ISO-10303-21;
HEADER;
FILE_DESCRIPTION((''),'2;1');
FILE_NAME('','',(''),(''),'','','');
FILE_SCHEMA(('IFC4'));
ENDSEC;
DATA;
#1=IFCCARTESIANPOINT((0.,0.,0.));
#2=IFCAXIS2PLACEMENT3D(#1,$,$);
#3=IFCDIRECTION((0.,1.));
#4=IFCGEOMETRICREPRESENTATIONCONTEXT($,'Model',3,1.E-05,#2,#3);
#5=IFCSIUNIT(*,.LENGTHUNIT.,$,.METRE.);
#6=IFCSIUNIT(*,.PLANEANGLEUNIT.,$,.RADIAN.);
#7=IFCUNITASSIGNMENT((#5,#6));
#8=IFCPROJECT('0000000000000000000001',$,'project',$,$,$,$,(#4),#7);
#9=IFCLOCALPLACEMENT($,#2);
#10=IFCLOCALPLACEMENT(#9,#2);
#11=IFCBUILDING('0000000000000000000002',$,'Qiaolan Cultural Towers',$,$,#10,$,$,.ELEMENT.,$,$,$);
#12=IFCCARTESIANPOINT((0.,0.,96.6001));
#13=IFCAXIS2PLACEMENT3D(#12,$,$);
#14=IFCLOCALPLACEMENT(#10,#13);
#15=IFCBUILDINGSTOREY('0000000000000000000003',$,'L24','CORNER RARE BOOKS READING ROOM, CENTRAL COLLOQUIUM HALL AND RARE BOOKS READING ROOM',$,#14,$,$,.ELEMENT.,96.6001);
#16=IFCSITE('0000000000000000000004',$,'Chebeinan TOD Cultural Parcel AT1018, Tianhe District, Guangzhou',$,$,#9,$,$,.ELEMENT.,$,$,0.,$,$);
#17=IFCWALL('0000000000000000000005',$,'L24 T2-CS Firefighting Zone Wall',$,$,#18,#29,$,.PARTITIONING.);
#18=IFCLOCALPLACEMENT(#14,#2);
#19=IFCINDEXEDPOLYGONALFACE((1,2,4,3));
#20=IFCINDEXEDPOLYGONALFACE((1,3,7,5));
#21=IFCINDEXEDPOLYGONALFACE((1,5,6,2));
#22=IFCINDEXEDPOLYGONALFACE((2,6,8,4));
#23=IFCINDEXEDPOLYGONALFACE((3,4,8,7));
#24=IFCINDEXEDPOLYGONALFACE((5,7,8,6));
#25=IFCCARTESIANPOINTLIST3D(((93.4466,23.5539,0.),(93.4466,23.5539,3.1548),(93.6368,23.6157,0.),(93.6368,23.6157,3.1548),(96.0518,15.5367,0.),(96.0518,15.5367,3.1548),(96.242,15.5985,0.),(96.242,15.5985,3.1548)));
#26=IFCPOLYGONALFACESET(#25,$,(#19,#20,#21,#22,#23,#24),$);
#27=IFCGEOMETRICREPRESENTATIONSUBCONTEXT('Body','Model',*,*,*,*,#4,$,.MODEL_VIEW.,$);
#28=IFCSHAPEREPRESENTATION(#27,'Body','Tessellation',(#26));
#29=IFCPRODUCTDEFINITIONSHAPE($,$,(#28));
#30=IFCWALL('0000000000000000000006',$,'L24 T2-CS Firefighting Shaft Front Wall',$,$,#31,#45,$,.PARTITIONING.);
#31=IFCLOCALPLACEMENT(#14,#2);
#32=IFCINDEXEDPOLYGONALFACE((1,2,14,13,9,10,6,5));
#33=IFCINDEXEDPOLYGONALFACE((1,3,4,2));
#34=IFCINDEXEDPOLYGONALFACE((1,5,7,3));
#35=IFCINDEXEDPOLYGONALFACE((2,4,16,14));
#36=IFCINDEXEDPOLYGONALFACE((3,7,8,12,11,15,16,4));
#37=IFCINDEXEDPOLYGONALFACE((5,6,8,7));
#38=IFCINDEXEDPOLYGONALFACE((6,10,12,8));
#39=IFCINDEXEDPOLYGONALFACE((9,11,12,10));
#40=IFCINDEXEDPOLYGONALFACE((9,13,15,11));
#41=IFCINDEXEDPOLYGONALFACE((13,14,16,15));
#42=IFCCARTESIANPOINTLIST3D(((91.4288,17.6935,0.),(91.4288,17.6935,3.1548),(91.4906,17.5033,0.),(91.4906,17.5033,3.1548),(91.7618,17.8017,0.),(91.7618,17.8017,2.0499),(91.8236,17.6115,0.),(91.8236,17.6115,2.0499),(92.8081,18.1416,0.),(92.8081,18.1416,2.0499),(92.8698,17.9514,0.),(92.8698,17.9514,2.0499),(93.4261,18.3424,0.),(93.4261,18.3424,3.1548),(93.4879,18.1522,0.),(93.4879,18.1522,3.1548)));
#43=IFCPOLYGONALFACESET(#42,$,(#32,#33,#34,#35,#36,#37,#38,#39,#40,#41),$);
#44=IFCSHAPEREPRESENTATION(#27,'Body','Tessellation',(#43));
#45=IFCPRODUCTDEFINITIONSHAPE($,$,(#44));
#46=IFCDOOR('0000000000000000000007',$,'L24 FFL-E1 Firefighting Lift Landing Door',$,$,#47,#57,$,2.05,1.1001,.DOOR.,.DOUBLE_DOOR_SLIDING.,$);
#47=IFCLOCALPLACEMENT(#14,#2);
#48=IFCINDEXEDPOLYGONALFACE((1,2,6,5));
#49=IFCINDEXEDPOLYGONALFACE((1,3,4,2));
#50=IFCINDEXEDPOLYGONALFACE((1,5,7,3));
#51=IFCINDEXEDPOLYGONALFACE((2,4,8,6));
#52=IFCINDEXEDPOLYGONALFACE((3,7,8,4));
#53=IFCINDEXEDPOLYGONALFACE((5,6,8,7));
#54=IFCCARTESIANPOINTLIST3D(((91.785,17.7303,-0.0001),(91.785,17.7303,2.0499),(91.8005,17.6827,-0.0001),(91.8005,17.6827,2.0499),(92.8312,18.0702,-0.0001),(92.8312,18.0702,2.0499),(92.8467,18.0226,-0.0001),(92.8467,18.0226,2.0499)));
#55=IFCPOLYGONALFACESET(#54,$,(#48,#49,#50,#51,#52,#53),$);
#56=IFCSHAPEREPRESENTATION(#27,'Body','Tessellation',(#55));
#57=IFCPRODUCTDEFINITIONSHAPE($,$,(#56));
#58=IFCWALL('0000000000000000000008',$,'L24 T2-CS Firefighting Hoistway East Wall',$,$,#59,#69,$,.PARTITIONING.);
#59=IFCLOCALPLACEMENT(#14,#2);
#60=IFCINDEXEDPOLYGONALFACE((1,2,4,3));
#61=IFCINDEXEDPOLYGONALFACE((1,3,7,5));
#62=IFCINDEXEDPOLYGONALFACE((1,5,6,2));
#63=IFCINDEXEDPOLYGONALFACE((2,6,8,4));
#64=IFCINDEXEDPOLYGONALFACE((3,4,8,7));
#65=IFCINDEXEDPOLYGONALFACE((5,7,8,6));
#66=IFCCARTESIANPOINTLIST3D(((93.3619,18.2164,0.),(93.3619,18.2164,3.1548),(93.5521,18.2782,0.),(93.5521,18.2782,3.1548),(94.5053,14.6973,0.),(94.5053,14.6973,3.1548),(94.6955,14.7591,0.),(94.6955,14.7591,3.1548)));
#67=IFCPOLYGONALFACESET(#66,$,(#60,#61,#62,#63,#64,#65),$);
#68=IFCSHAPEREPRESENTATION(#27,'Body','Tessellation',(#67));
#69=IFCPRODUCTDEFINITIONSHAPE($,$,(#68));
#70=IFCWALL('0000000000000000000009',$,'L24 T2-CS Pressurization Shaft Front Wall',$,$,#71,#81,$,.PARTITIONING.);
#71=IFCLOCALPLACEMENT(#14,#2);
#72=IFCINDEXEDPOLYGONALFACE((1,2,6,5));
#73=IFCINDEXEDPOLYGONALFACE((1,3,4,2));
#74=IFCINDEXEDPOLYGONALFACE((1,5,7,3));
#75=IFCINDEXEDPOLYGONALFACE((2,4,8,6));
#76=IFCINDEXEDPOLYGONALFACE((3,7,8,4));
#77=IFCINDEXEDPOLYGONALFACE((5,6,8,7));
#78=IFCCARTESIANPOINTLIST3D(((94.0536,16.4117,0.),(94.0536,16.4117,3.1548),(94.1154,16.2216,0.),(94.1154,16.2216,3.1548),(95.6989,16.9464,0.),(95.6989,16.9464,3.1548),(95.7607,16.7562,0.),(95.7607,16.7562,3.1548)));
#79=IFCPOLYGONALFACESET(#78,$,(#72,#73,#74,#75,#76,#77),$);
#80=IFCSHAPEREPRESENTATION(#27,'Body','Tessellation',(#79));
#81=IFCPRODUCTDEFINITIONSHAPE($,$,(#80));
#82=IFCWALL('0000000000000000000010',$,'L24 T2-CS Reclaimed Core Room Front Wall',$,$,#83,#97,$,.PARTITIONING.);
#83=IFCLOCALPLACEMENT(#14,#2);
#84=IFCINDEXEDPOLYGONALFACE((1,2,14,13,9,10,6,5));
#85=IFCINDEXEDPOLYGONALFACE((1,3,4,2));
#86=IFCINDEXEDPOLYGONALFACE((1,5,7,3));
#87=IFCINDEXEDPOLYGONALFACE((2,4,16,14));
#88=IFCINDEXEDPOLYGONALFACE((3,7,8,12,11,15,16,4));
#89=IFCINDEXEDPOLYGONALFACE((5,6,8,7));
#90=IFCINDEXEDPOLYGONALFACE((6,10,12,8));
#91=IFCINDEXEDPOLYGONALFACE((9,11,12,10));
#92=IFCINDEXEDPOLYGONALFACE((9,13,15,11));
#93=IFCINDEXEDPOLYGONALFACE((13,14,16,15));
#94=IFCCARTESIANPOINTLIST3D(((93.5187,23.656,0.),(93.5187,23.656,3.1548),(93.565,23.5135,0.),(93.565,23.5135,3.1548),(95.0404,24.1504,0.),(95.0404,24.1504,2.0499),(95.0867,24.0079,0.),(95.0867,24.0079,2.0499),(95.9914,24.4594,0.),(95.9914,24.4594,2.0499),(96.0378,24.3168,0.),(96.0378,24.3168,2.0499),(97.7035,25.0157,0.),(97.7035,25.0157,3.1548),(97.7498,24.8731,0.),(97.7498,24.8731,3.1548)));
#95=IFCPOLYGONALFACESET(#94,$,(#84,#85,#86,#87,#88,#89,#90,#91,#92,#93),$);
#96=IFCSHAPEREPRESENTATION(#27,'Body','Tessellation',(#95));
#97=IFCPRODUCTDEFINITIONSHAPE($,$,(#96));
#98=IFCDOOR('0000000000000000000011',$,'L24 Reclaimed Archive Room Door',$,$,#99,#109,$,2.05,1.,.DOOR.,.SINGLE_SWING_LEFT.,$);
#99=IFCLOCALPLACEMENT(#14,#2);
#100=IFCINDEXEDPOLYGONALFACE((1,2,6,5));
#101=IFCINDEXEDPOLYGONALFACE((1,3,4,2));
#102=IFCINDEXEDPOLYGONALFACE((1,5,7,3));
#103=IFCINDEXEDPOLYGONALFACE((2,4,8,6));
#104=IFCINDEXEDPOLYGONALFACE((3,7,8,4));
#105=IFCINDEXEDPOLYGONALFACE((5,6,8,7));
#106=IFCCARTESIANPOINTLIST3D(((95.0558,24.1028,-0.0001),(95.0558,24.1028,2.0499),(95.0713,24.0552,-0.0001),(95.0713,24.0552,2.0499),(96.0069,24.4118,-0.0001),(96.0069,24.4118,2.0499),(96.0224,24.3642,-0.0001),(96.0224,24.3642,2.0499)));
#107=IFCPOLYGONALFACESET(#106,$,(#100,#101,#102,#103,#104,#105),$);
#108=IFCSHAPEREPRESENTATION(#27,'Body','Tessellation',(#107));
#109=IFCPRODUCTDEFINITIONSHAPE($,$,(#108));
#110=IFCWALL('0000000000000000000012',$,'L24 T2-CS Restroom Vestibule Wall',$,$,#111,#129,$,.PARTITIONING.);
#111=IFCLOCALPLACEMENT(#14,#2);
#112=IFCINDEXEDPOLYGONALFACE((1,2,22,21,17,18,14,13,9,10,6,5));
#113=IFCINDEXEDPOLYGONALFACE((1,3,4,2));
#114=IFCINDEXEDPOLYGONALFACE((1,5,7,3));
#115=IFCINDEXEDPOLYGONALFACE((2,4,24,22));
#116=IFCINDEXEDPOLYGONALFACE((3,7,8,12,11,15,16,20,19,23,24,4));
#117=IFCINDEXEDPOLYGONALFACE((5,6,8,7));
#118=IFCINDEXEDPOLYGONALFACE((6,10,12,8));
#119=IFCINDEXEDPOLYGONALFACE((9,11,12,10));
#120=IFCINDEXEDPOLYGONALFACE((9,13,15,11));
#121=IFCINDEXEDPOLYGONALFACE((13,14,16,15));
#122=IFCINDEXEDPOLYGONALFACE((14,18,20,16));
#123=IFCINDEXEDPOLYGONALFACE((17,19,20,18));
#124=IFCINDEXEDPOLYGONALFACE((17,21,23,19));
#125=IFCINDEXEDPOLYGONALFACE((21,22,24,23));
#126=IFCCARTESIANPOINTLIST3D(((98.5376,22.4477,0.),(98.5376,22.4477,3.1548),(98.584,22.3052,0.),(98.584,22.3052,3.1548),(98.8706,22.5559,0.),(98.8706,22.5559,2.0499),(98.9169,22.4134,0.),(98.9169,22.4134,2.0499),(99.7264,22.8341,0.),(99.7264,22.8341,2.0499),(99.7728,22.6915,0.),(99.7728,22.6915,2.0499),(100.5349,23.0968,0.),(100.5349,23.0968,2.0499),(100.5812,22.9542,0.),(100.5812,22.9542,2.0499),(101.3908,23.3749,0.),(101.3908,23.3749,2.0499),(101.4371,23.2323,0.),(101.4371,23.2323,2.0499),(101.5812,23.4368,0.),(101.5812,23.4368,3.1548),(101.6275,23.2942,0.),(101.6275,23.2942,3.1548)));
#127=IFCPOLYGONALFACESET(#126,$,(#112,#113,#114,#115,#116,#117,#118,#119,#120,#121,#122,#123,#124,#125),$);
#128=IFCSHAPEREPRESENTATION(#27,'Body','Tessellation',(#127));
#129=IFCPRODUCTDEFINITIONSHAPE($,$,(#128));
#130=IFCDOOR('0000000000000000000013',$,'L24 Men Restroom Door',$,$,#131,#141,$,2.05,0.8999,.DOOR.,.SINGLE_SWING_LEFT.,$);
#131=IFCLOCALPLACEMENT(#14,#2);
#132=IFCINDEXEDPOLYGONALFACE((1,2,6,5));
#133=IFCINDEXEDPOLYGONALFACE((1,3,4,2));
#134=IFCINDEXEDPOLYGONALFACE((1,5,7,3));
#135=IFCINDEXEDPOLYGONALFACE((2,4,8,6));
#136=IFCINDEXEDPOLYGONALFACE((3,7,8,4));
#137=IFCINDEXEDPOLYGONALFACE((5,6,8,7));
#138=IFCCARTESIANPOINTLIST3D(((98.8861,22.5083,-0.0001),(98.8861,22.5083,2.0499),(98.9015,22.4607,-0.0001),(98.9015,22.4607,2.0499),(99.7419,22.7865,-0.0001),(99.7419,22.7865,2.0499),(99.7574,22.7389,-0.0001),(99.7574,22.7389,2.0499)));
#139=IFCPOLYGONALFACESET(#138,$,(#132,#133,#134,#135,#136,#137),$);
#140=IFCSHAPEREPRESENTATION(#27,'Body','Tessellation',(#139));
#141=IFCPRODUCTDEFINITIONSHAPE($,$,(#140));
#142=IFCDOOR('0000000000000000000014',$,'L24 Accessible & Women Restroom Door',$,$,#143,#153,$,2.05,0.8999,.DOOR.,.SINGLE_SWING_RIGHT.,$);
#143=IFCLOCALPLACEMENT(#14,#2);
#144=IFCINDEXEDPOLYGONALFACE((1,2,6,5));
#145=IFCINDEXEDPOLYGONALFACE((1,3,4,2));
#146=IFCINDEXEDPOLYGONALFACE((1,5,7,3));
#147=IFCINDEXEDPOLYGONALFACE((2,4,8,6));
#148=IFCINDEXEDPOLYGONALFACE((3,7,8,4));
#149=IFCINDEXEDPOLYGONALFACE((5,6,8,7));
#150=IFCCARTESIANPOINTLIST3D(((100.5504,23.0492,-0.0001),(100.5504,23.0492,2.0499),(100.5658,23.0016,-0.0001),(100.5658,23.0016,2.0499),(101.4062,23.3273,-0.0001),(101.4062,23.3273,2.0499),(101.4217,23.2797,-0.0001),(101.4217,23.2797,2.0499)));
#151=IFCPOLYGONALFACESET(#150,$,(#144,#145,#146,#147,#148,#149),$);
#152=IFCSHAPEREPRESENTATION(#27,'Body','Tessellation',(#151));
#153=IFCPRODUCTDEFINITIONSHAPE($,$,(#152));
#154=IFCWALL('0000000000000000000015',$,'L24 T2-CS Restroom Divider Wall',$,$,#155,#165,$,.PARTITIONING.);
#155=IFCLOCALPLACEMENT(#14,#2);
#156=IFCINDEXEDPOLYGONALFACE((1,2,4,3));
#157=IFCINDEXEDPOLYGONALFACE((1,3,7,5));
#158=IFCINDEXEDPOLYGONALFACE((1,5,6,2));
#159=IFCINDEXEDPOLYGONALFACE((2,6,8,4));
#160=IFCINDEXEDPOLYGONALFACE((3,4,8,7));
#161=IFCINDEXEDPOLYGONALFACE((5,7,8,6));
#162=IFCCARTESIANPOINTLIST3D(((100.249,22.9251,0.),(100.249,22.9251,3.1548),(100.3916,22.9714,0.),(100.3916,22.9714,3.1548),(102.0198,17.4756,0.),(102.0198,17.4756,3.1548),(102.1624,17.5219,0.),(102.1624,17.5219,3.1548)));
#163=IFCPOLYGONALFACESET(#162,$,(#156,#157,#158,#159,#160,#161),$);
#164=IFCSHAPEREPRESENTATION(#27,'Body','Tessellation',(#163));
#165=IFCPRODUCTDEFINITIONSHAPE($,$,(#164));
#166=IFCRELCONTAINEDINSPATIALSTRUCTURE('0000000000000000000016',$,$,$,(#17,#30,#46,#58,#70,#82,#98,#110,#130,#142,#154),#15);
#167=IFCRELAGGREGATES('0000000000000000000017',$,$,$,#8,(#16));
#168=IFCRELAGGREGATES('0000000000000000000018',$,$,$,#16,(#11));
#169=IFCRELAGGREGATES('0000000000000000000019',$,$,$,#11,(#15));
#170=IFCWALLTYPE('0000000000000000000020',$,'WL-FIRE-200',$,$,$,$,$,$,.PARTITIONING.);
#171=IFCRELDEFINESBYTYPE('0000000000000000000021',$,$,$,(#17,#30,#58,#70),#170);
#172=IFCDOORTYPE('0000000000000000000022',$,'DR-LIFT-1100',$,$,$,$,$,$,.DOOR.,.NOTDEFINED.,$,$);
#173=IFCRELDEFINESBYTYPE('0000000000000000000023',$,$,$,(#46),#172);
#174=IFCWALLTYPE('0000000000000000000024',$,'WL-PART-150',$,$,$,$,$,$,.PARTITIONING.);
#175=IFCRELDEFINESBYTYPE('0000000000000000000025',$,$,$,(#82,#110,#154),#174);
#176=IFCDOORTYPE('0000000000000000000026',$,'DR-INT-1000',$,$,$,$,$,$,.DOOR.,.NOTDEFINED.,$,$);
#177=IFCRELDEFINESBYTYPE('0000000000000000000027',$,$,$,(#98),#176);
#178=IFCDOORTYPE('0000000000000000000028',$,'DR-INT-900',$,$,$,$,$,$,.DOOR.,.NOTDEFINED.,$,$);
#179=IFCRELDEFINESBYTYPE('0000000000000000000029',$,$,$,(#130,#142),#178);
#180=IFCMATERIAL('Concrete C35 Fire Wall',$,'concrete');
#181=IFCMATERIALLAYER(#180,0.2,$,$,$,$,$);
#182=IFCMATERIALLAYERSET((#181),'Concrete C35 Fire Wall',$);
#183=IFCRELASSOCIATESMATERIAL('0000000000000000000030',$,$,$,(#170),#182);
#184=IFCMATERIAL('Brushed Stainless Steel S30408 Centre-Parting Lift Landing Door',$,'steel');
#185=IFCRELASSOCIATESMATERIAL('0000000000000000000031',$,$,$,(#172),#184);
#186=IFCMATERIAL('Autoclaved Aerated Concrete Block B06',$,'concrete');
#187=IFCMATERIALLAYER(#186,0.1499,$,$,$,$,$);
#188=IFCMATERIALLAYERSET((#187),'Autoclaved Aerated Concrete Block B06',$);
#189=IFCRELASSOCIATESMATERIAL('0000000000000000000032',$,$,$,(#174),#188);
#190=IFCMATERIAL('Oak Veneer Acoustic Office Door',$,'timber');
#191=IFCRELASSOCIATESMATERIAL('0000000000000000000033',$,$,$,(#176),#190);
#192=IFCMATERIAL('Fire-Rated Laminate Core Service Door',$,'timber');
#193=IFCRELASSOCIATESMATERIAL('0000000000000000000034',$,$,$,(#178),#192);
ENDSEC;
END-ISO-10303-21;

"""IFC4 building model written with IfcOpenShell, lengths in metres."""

from ifc_helpers import new_model, si_unit, direction, frame, frame_2d, origin, place, context, subcontext, project, spatial, rectangle, extrude, material, layer, layer_set, type_object, element, fill, save


model = new_model("IFC4")

# Units and contexts
model_context = context("Model", 3, precision=1e-05, world=origin(), true_north=direction((0.0, 1.0)))
body_context = subcontext(model_context, "Body", "Model", "MODEL_VIEW")
ifc_project = project(units=[si_unit("LENGTHUNIT", "METRE"), si_unit("PLANEANGLEUNIT", "RADIAN")], contexts=[model_context])

# Site, building, storey
site_placement = place(None, origin())
site = spatial("IfcSite", under=ifc_project, at=site_placement, Name="Chebeinan TOD Cultural Parcel AT1018, Tianhe District, Guangzhou", CompositionType="ELEMENT", RefElevation=0.0)
building_placement = place(site_placement, origin())
building = spatial("IfcBuilding", under=site, at=building_placement, Name="Qiaolan Cultural Towers", CompositionType="ELEMENT")
storey_placement = place(building_placement, frame((0.0, 0.0, 96.6001)))
storey = spatial("IfcBuildingStorey", under=building, at=storey_placement, Name="L24", Description="CORNER RARE BOOKS READING ROOM, CENTRAL COLLOQUIUM HALL AND RARE BOOKS READING ROOM", CompositionType="ELEMENT", Elevation=96.6001)

# Wall
ifc_material_1 = material(Name="Concrete C35 Fire Wall", Category="concrete")
ifc_layer_1 = layer(ifc_material_1, 0.2)
ifc_layer_set_1 = layer_set([ifc_layer_1], Name="Concrete C35 Fire Wall")
wall_type_1 = type_object("IfcWallType", Name="WL-FIRE-200", PredefinedType="PARTITIONING", material=ifc_layer_set_1)
wall_1_placement = place(storey_placement, frame((93.5417, 23.5847, 0.0), z_axis=(0.0, 0.0, 1.0), x_axis=(0.309042, -0.951048, 0.0)))
element("IfcWall", 1, at=wall_1_placement, inside=storey, type_object=wall_type_1, Name="L24 T2-CS Firefighting Zone Wall", PredefinedType="PARTITIONING", context=body_context, shape_type="SweptSolid", body=[
    extrude(rectangle(XDim=8.4299, YDim=0.2, at=frame_2d((4.2148, 0.0))), origin(), (0.0, 0.0, 1.0), 3.1548),
])

# Wall, opening, door
wall_2_placement = place(storey_placement, frame((91.4597, 17.5984, 0.0), z_axis=(0.0, 0.0, 1.0), x_axis=(0.951062, 0.308999, 0.0)))
wall_2 = element("IfcWall", 2, at=wall_2_placement, inside=storey, type_object=wall_type_1, Name="L24 T2-CS Firefighting Shaft Front Wall", PredefinedType="PARTITIONING", context=body_context, shape_type="SweptSolid", body=[
    extrude(rectangle(XDim=2.1001, YDim=0.2, at=frame_2d((1.05, 0.0))), origin(), (0.0, 0.0, 1.0), 3.1548),
])
opening_1_placement = place(wall_2_placement, frame((0.3501, 0.0, 0.0)))
opening_1 = element("IfcOpeningElement", 3, at=opening_1_placement, cuts=wall_2, PredefinedType="OPENING", context=body_context, shape_type="SweptSolid", body=[
    extrude(rectangle(XDim=1.1001, YDim=2.05, at=frame_2d((0.55, 1.0249))), frame((0.0, 0.1099, 0.0), z_axis=(0.0, -1.0, 0.0), x_axis=(1.0, 0.0, 0.0)), (0.0, 0.0, 1.0), 0.22),
])
ifc_material_2 = material(Name="Brushed Stainless Steel S30408 Centre-Parting Lift Landing Door", Category="steel")
door_type_1 = type_object("IfcDoorType", Name="DR-LIFT-1100", OperationType="NOTDEFINED", PredefinedType="DOOR", material=ifc_material_2)
door_1_placement = place(opening_1_placement, origin())
door_1 = element("IfcDoor", 4, at=door_1_placement, inside=storey, type_object=door_type_1, Name="L24 FFL-E1 Firefighting Lift Landing Door", OperationType="DOUBLE_DOOR_SLIDING", OverallHeight=2.05, OverallWidth=1.1001, PredefinedType="DOOR", context=body_context, shape_type="SweptSolid", body=[
    extrude(rectangle(XDim=1.1001, YDim=2.05, at=frame_2d((0.55, 1.0249))), frame((0.0, 0.0249, 0.0), z_axis=(0.0, -1.0, 0.0), x_axis=(1.0, 0.0, 0.0)), (0.0, 0.0, 1.0), 0.05),
])
fill(opening_1, door_1)

# Walls
wall_3_placement = place(storey_placement, frame((93.457, 18.2473, 0.0), z_axis=(0.0, 0.0, 1.0), x_axis=(0.308994, -0.951064, 0.0)))
element("IfcWall", 5, at=wall_3_placement, inside=storey, type_object=wall_type_1, Name="L24 T2-CS Firefighting Hoistway East Wall", PredefinedType="PARTITIONING", context=body_context, shape_type="SweptSolid", body=[
    extrude(rectangle(XDim=3.7002, YDim=0.2, at=frame_2d((1.8501, 0.0))), origin(), (0.0, 0.0, 1.0), 3.1548),
])
wall_4_placement = place(storey_placement, frame((94.0845, 16.3167, 0.0), z_axis=(0.0, 0.0, 1.0), x_axis=(0.951041, 0.309064, 0.0)))
element("IfcWall", 6, at=wall_4_placement, inside=storey, type_object=wall_type_1, Name="L24 T2-CS Pressurization Shaft Front Wall", PredefinedType="PARTITIONING", context=body_context, shape_type="SweptSolid", body=[
    extrude(rectangle(XDim=1.73, YDim=0.2, at=frame_2d((0.865, 0.0))), origin(), (0.0, 0.0, 1.0), 3.1548),
])

# Wall, opening, door
ifc_material_3 = material(Name="Autoclaved Aerated Concrete Block B06", Category="concrete")
ifc_layer_2 = layer(ifc_material_3, 0.1499)
ifc_layer_set_2 = layer_set([ifc_layer_2], Name="Autoclaved Aerated Concrete Block B06")
wall_type_2 = type_object("IfcWallType", Name="WL-PART-150", PredefinedType="PARTITIONING", material=ifc_layer_set_2)
wall_5_placement = place(storey_placement, frame((93.5417, 23.5847, 0.0), z_axis=(0.0, 0.0, 1.0), x_axis=(0.951064, 0.308994, 0.0)))
wall_5 = element("IfcWall", 7, at=wall_5_placement, inside=storey, type_object=wall_type_2, Name="L24 T2-CS Reclaimed Core Room Front Wall", PredefinedType="PARTITIONING", context=body_context, shape_type="SweptSolid", body=[
    extrude(rectangle(XDim=4.4001, YDim=0.1499, at=frame_2d((2.2002, 0.0))), origin(), (0.0, 0.0, 1.0), 3.1548),
])
opening_2_placement = place(wall_5_placement, frame((1.6001, 0.0, 0.0)))
opening_2 = element("IfcOpeningElement", 8, at=opening_2_placement, cuts=wall_5, PredefinedType="OPENING", context=body_context, shape_type="SweptSolid", body=[
    extrude(rectangle(XDim=1.0, YDim=2.05, at=frame_2d((0.5, 1.0249))), frame((0.0, 0.085, 0.0), z_axis=(0.0, -1.0, 0.0), x_axis=(1.0, 0.0, 0.0)), (0.0, 0.0, 1.0), 0.1699),
])
ifc_material_4 = material(Name="Oak Veneer Acoustic Office Door", Category="timber")
door_type_2 = type_object("IfcDoorType", Name="DR-INT-1000", OperationType="NOTDEFINED", PredefinedType="DOOR", material=ifc_material_4)
door_2_placement = place(opening_2_placement, origin())
door_2 = element("IfcDoor", 9, at=door_2_placement, inside=storey, type_object=door_type_2, Name="L24 Reclaimed Archive Room Door", OperationType="SINGLE_SWING_LEFT", OverallHeight=2.05, OverallWidth=1.0, PredefinedType="DOOR", context=body_context, shape_type="SweptSolid", body=[
    extrude(rectangle(XDim=1.0, YDim=2.05, at=frame_2d((0.5, 1.0249))), frame((0.0, 0.0249, 0.0), z_axis=(0.0, -1.0, 0.0), x_axis=(1.0, 0.0, 0.0)), (0.0, 0.0, 1.0), 0.05),
])
fill(opening_2, door_2)

# Wall, openings, doors
wall_6_placement = place(storey_placement, frame((98.5608, 22.3765, 0.0), z_axis=(0.0, 0.0, 1.0), x_axis=(0.951044, 0.309055, 0.0)))
wall_6 = element("IfcWall", 10, at=wall_6_placement, inside=storey, type_object=wall_type_2, Name="L24 T2-CS Restroom Vestibule Wall", PredefinedType="PARTITIONING", context=body_context, shape_type="SweptSolid", body=[
    extrude(rectangle(XDim=3.2002, YDim=0.1499, at=frame_2d((1.6001, 0.0))), origin(), (0.0, 0.0, 1.0), 3.1548),
])
opening_3_placement = place(wall_6_placement, frame((0.3501, 0.0, 0.0)))
opening_3 = element("IfcOpeningElement", 11, at=opening_3_placement, cuts=wall_6, PredefinedType="OPENING", context=body_context, shape_type="SweptSolid", body=[
    extrude(rectangle(XDim=0.8999, YDim=2.05, at=frame_2d((0.45, 1.0249))), frame((0.0, 0.085, 0.0), z_axis=(0.0, -1.0, 0.0), x_axis=(1.0, 0.0, 0.0)), (0.0, 0.0, 1.0), 0.1699),
])
opening_4_placement = place(wall_6_placement, frame((2.1001, 0.0, 0.0)))
opening_4 = element("IfcOpeningElement", 12, at=opening_4_placement, cuts=wall_6, PredefinedType="OPENING", context=body_context, shape_type="SweptSolid", body=[
    extrude(rectangle(XDim=0.8999, YDim=2.05, at=frame_2d((0.45, 1.0249))), frame((0.0, 0.085, 0.0), z_axis=(0.0, -1.0, 0.0), x_axis=(1.0, 0.0, 0.0)), (0.0, 0.0, 1.0), 0.1699),
])
ifc_material_5 = material(Name="Fire-Rated Laminate Core Service Door", Category="timber")
door_type_3 = type_object("IfcDoorType", Name="DR-INT-900", OperationType="NOTDEFINED", PredefinedType="DOOR", material=ifc_material_5)
door_3_placement = place(opening_3_placement, origin())
door_3 = element("IfcDoor", 13, at=door_3_placement, inside=storey, type_object=door_type_3, Name="L24 Men Restroom Door", OperationType="SINGLE_SWING_LEFT", OverallHeight=2.05, OverallWidth=0.8999, PredefinedType="DOOR", context=body_context, shape_type="SweptSolid", body=[
    extrude(rectangle(XDim=0.8999, YDim=2.05, at=frame_2d((0.45, 1.0249))), frame((0.0, 0.0249, 0.0), z_axis=(0.0, -1.0, 0.0), x_axis=(1.0, 0.0, 0.0)), (0.0, 0.0, 1.0), 0.05),
])
fill(opening_3, door_3)
door_4_placement = place(opening_4_placement, origin())
door_4 = element("IfcDoor", 14, at=door_4_placement, inside=storey, type_object=door_type_3, Name="L24 Accessible & Women Restroom Door", OperationType="SINGLE_SWING_RIGHT", OverallHeight=2.05, OverallWidth=0.8999, PredefinedType="DOOR", context=body_context, shape_type="SweptSolid", body=[
    extrude(rectangle(XDim=0.8999, YDim=2.05, at=frame_2d((0.45, 1.0249))), frame((0.0, 0.0249, 0.0), z_axis=(0.0, -1.0, 0.0), x_axis=(1.0, 0.0, 0.0)), (0.0, 0.0, 1.0), 0.05),
])
fill(opening_4, door_4)

# Wall
wall_7_placement = place(storey_placement, frame((100.3203, 22.9482, 0.0), z_axis=(0.0, 0.0, 1.0), x_axis=(0.309035, -0.951051, 0.0)))
element("IfcWall", 15, at=wall_7_placement, inside=storey, type_object=wall_type_2, Name="L24 T2-CS Restroom Divider Wall", PredefinedType="PARTITIONING", context=body_context, shape_type="SweptSolid", body=[
    extrude(rectangle(XDim=5.73, YDim=0.1499, at=frame_2d((2.865, 0.0))), origin(), (0.0, 0.0, 1.0), 3.1548),
])

save(model, "model.ifc")
